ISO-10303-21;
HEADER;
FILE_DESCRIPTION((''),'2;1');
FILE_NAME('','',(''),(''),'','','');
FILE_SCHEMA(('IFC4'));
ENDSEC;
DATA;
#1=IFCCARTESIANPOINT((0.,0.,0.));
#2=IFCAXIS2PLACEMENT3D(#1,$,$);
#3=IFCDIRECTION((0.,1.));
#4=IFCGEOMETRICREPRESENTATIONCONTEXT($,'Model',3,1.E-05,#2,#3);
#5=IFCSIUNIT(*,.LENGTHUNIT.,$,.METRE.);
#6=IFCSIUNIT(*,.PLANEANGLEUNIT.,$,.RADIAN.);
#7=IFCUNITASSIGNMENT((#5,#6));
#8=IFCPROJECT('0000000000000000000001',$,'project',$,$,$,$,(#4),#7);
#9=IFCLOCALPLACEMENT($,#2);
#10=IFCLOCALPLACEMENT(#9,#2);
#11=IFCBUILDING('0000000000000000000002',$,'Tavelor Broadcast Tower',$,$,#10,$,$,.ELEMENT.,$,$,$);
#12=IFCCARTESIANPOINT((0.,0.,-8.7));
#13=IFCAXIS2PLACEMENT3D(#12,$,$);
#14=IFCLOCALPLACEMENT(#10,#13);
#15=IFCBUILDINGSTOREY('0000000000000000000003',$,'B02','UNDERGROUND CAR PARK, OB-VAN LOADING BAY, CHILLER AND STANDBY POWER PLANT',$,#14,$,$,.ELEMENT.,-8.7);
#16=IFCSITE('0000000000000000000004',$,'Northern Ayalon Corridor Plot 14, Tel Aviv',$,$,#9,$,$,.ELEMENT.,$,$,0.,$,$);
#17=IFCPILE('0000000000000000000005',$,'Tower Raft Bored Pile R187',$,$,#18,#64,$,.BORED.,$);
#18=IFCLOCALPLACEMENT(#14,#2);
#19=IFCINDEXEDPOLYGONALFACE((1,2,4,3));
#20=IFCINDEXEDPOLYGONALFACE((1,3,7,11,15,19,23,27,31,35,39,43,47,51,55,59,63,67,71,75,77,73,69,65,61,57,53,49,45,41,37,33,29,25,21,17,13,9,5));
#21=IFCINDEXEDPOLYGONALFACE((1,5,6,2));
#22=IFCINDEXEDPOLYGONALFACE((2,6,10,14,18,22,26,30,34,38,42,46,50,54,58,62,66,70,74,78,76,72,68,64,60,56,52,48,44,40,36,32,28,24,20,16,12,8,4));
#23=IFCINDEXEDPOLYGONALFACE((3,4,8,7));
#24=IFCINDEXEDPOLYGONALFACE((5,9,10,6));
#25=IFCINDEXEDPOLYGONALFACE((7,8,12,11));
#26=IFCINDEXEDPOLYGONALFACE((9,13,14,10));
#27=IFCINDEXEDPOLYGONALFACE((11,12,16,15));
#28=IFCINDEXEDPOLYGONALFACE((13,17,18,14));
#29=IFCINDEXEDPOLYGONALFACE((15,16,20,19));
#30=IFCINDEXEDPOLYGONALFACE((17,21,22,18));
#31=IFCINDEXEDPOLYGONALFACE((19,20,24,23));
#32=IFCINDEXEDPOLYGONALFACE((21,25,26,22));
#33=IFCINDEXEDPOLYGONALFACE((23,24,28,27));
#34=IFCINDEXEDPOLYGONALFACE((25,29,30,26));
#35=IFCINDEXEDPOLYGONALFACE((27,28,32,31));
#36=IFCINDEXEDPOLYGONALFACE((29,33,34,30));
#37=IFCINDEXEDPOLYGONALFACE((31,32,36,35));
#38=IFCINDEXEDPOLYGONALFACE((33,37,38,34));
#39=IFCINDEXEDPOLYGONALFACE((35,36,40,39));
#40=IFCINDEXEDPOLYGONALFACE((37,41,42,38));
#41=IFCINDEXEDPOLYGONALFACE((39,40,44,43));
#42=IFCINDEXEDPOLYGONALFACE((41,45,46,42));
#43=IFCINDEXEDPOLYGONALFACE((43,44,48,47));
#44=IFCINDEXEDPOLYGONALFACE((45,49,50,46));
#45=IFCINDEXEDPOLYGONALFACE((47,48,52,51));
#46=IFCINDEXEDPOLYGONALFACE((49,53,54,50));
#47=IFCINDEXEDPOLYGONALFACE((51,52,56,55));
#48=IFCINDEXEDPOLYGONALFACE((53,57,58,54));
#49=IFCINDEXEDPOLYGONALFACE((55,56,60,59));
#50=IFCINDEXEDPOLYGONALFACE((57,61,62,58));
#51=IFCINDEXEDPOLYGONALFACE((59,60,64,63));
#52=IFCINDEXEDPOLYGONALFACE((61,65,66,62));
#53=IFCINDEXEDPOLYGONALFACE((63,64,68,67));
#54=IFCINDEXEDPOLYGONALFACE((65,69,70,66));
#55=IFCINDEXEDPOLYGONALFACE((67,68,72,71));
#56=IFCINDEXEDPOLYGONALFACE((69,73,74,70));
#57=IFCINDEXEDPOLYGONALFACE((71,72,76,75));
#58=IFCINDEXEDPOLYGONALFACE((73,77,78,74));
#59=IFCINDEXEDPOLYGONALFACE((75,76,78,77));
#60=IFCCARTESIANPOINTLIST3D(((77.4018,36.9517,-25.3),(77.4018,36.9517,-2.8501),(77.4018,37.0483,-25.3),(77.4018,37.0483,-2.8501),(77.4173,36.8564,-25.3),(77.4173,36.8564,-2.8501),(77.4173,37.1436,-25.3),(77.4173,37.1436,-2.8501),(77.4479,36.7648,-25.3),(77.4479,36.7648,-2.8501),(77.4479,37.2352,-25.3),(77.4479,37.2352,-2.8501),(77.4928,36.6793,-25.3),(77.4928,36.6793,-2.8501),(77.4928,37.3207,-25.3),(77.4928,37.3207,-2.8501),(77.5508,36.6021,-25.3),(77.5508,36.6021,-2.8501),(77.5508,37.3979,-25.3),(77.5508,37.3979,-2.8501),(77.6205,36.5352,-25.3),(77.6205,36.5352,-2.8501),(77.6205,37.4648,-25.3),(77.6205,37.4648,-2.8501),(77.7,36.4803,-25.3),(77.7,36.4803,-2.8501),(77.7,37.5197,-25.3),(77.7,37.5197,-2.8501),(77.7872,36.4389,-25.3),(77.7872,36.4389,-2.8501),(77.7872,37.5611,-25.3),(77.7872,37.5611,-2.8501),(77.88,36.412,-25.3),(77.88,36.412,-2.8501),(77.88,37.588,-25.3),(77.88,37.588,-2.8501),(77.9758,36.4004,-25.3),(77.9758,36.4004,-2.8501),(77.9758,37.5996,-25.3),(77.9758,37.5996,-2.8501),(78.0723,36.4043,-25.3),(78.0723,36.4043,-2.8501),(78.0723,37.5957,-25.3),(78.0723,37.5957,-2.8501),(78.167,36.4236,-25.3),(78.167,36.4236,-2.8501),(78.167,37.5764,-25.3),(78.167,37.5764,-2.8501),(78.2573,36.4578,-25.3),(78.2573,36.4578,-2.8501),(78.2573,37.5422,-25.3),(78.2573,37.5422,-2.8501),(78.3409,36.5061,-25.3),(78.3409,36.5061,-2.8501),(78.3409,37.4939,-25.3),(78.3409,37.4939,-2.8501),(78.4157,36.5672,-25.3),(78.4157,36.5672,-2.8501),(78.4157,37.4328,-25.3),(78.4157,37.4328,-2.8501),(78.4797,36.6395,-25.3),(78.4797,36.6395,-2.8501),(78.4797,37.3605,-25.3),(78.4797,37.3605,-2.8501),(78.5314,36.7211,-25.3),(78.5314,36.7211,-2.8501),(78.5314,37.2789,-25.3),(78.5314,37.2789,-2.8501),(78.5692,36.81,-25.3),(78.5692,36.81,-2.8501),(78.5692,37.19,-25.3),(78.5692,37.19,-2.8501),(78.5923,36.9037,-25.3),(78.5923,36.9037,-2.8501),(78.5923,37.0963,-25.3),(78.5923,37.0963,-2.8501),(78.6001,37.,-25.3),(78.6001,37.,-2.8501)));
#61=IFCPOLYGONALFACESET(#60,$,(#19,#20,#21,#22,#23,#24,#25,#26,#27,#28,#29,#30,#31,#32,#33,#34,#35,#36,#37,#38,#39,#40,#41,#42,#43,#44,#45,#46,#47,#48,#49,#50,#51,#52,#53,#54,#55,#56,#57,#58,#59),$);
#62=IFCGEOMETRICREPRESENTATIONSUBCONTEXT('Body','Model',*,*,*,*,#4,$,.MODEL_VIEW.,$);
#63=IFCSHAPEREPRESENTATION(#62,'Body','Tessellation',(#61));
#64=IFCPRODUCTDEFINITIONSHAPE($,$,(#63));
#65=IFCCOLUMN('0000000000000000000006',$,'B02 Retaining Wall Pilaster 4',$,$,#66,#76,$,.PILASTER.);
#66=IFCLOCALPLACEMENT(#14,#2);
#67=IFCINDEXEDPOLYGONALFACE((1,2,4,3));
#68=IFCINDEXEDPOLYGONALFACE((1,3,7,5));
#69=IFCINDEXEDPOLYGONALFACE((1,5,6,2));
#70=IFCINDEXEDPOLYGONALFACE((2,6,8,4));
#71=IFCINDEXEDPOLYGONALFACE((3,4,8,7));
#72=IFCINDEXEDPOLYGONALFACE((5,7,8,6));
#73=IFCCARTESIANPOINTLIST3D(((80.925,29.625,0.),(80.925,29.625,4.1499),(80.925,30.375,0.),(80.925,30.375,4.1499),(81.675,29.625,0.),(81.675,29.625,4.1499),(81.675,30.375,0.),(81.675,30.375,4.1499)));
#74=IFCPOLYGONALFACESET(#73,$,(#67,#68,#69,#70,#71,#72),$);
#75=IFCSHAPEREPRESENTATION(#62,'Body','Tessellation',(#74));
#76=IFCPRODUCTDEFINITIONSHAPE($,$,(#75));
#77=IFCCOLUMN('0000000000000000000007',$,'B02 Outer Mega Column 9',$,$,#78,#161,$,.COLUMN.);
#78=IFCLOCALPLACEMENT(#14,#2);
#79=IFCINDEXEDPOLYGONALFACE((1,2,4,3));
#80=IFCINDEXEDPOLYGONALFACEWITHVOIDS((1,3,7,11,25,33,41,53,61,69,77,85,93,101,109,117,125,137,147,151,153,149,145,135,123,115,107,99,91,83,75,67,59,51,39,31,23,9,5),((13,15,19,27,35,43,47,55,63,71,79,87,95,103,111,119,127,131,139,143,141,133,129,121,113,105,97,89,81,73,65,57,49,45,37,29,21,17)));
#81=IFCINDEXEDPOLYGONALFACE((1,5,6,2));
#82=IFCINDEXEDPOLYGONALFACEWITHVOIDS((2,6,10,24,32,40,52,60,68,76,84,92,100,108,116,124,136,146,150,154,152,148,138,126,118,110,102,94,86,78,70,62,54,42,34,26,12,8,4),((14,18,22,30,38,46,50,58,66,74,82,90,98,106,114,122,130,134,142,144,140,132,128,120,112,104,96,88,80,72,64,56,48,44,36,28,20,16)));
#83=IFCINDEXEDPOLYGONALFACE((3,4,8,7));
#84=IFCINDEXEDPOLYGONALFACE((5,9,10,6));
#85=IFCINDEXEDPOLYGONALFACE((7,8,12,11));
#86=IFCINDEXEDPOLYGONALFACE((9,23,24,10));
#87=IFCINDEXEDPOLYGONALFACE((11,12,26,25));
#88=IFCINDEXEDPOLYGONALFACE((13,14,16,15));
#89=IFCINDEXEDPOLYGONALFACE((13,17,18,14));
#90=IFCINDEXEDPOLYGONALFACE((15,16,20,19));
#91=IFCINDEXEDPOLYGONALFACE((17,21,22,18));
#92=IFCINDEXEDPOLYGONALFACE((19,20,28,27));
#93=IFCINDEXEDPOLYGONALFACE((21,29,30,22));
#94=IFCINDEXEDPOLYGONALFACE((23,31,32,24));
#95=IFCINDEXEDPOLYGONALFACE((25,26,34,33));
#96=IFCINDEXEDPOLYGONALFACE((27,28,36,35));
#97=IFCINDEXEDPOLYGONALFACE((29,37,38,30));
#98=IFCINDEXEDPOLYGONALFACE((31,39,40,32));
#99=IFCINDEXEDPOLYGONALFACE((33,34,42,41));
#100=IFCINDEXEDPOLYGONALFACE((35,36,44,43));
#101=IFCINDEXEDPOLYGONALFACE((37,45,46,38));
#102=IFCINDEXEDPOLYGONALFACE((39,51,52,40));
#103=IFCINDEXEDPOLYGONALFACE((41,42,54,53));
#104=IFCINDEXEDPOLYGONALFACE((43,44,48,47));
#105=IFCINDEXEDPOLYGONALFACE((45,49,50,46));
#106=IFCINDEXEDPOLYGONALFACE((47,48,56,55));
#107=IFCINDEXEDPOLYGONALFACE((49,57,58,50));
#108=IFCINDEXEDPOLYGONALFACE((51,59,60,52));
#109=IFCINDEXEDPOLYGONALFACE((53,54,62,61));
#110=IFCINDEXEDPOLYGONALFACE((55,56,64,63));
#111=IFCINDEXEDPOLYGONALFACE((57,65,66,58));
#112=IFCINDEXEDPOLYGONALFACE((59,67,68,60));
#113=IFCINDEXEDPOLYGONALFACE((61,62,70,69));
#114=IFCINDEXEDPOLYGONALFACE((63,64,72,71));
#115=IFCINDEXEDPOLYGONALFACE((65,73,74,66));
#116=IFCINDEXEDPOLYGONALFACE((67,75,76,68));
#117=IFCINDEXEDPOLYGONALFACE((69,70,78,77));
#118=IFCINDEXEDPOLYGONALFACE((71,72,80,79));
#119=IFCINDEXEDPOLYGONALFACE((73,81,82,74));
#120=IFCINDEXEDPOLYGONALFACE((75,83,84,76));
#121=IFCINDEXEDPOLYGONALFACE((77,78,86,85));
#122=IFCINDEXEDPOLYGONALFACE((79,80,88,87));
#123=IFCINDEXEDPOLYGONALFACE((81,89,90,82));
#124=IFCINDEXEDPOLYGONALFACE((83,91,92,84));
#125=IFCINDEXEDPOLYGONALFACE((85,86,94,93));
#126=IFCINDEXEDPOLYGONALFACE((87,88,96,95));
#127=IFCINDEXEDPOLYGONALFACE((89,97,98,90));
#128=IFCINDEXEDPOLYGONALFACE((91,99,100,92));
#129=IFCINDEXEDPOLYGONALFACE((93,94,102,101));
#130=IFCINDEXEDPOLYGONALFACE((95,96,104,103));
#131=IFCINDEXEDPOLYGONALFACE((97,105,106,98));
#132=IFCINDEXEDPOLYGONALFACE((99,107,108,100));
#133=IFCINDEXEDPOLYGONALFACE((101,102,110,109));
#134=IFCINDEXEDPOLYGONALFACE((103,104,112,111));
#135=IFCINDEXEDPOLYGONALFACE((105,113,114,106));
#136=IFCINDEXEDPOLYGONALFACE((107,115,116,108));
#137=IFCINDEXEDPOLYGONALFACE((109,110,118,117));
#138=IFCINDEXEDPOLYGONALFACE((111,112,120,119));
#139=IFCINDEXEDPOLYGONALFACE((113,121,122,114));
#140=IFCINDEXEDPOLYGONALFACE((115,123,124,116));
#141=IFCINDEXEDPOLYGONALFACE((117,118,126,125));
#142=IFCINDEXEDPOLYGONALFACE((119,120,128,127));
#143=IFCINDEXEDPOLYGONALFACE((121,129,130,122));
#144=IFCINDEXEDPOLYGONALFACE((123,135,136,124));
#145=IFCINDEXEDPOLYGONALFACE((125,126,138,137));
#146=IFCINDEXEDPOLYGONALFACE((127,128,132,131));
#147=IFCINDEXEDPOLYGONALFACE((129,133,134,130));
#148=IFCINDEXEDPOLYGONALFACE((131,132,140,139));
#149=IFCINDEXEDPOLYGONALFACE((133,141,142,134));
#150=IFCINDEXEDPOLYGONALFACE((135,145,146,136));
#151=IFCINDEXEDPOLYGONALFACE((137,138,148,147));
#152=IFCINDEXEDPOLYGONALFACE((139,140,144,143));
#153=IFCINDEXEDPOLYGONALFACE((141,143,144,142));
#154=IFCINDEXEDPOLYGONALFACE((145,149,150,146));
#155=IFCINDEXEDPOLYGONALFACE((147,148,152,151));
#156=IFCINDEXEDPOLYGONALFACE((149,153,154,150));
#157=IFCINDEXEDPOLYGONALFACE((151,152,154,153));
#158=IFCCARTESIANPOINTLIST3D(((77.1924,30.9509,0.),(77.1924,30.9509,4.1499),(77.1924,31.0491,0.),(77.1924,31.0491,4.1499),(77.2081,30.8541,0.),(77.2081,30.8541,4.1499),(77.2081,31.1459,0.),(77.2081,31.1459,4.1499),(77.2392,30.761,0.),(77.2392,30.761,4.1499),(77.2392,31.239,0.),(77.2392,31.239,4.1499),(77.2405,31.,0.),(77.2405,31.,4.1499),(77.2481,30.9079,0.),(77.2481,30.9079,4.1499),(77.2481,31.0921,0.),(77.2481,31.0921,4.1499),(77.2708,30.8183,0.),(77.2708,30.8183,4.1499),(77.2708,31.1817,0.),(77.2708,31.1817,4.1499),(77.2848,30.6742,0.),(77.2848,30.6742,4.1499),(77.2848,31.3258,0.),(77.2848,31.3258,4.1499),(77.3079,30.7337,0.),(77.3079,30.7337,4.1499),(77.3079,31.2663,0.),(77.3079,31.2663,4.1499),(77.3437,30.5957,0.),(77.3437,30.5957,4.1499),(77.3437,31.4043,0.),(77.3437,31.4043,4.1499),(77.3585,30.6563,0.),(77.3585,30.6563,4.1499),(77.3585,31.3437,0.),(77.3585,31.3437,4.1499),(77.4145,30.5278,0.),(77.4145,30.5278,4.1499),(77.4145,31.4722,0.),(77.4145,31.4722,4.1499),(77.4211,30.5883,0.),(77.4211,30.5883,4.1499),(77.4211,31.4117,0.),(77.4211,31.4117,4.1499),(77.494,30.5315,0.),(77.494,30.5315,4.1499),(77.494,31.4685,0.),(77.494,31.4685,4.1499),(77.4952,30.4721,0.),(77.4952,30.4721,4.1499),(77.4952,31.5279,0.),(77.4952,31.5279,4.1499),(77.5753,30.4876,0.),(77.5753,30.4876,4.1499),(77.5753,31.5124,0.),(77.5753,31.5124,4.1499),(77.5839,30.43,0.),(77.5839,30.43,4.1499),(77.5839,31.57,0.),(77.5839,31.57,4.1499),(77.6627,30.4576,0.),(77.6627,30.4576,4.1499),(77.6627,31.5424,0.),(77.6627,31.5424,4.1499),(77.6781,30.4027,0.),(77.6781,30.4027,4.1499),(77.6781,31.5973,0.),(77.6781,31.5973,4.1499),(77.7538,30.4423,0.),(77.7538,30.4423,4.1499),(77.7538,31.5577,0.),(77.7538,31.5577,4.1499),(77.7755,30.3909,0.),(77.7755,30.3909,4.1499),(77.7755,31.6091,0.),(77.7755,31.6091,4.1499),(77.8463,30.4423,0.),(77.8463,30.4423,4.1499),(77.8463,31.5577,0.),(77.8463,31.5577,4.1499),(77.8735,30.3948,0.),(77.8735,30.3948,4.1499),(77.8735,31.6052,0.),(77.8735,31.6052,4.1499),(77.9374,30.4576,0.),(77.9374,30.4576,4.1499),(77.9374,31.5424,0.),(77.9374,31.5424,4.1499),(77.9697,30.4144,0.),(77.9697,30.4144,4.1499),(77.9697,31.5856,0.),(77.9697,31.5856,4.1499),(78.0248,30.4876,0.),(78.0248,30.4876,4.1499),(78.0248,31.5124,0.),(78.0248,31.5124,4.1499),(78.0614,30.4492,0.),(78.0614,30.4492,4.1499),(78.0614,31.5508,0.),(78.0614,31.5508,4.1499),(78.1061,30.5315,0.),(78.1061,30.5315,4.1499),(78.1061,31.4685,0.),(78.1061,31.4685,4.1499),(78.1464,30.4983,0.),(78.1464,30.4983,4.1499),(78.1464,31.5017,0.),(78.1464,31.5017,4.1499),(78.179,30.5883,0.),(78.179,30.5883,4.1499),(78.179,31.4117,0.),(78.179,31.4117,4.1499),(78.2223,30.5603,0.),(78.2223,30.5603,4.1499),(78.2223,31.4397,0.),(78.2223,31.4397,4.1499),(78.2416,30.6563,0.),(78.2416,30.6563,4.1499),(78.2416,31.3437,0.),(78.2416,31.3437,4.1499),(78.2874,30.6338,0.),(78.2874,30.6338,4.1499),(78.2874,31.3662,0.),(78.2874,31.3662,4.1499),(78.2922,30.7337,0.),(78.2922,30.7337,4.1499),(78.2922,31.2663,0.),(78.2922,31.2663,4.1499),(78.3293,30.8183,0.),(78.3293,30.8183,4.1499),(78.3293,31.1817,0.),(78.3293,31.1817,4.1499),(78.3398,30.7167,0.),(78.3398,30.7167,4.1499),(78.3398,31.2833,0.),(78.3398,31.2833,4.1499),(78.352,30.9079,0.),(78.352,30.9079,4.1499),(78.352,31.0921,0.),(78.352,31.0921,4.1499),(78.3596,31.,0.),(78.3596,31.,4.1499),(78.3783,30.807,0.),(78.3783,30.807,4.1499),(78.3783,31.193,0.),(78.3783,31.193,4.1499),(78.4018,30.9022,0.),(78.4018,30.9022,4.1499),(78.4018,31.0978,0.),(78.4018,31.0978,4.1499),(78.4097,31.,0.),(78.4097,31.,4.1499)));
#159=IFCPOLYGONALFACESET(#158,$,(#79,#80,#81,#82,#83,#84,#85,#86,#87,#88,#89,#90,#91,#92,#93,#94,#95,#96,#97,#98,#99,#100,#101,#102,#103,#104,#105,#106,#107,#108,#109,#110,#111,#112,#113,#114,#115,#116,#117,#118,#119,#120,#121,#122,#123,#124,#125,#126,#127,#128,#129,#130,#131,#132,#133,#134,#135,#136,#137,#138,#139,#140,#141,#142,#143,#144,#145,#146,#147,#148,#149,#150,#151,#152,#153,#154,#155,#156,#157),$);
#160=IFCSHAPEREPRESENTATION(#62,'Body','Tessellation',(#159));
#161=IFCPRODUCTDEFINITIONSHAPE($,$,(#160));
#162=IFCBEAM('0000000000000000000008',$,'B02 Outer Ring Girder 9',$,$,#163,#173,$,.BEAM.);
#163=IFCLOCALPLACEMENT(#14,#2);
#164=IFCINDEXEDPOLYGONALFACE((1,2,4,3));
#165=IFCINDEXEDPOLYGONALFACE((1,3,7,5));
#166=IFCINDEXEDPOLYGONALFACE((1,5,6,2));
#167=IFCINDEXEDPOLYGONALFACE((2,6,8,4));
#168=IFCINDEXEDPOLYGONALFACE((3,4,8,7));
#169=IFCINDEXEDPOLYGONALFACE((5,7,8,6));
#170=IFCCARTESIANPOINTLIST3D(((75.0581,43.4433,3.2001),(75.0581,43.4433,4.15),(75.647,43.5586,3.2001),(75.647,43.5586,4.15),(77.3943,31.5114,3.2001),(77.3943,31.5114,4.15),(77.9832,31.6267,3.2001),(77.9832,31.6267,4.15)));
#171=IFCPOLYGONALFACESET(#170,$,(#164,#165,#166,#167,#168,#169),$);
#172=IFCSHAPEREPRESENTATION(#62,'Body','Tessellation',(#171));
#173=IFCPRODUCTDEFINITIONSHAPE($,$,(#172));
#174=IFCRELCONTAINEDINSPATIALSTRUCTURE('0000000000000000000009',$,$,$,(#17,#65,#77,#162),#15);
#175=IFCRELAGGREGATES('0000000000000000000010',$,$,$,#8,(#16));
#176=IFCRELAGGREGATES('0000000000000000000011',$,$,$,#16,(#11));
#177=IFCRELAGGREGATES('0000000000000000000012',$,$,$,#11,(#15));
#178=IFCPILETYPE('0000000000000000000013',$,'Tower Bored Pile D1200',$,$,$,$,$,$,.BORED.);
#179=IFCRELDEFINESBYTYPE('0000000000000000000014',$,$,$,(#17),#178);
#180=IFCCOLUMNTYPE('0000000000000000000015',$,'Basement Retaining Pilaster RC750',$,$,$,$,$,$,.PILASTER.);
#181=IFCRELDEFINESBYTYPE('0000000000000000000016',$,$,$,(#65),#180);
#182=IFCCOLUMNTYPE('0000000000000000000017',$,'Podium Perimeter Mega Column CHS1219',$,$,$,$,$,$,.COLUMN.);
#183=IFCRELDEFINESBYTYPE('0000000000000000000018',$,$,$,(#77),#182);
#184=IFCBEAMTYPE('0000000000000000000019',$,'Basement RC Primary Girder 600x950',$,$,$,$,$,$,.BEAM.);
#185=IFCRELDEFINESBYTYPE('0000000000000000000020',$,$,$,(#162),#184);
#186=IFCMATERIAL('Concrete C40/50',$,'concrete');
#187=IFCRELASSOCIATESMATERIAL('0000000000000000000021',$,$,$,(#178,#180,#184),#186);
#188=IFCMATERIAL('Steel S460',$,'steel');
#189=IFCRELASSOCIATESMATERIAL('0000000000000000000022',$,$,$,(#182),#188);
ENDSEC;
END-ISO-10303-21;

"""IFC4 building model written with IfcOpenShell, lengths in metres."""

from ifc_helpers import new_model, si_unit, direction, frame, origin, origin_2d, place, context, subcontext, project, spatial, rectangle, circle, hollow_circle, extrude, material, material_profile, profile_set, type_object, element, save


model = new_model("IFC4")

# Units and contexts
model_context = context("Model", 3, precision=1e-05, world=origin(), true_north=direction((0.0, 1.0)))
body_context = subcontext(model_context, "Body", "Model", "MODEL_VIEW")
ifc_project = project(units=[si_unit("LENGTHUNIT", "METRE"), si_unit("PLANEANGLEUNIT", "RADIAN")], contexts=[model_context])

# Site, building, storey
site_placement = place(None, origin())
site = spatial("IfcSite", under=ifc_project, at=site_placement, Name="Northern Ayalon Corridor Plot 14, Tel Aviv", CompositionType="ELEMENT", RefElevation=0.0)
building_placement = place(site_placement, origin())
building = spatial("IfcBuilding", under=site, at=building_placement, Name="Tavelor Broadcast Tower", CompositionType="ELEMENT")
storey_placement = place(building_placement, frame((0.0, 0.0, -8.7)))
storey = spatial("IfcBuildingStorey", under=building, at=storey_placement, Name="B02", Description="UNDERGROUND CAR PARK, OB-VAN LOADING BAY, CHILLER AND STANDBY POWER PLANT", CompositionType="ELEMENT", Elevation=-8.7)

# Shared definitions
ifc_material_1 = material(Name="Concrete C40/50", Category="concrete")

# Pile
ifc_material_profile_1 = material_profile(ifc_material_1, circle(Radius=0.6001, at=origin_2d()), Name="PILE D1200")
ifc_profile_set_1 = profile_set([ifc_material_profile_1], Name="Concrete C40/50")
pile_type_1 = type_object("IfcPileType", Name="Tower Bored Pile D1200", PredefinedType="BORED", material=ifc_profile_set_1)
for number, where, z_axis, x_axis, name in (
    (1, (78.0, 37.0, -2.8501), (0.0, 0.0, -1.0), (1.0, 0.0, 0.0), "Tower Raft Bored Pile R187"),
):
    element("IfcPile", number, at=place(storey_placement, frame(where, z_axis=z_axis, x_axis=x_axis)), inside=storey, type_object=pile_type_1, Name=name, PredefinedType="BORED", context=body_context, shape_type="SweptSolid", body=[
        extrude(circle(Radius=0.6001, at=origin_2d()), origin(), (0.0, 0.0, 1.0), 22.45),
    ])

# Columns
ifc_material_profile_2 = material_profile(ifc_material_1, rectangle(XDim=0.75, YDim=0.75, at=origin_2d()), Name="RC 750x750")
ifc_profile_set_2 = profile_set([ifc_material_profile_2], Name="Concrete C40/50")
column_type_1 = type_object("IfcColumnType", Name="Basement Retaining Pilaster RC750", PredefinedType="PILASTER", material=ifc_profile_set_2)
column_1_placement = place(storey_placement, frame((81.3, 30.0, 0.0), z_axis=(0.0, 0.0, 1.0), x_axis=(1.0, 0.0, 0.0)))
element("IfcColumn", 2, at=column_1_placement, inside=storey, type_object=column_type_1, Name="B02 Retaining Wall Pilaster 4", PredefinedType="PILASTER", context=body_context, shape_type="SweptSolid", body=[
    extrude(rectangle(XDim=0.75, YDim=0.75, at=origin_2d()), origin(), (0.0, 0.0, 1.0), 4.1499),
])
ifc_material_2 = material(Name="Steel S460", Category="steel")
ifc_material_profile_3 = material_profile(ifc_material_2, hollow_circle(Radius=0.6096, WallThickness=0.05, at=origin_2d()), Name="CHS 1219x50")
ifc_profile_set_3 = profile_set([ifc_material_profile_3], Name="Steel S460")
column_type_2 = type_object("IfcColumnType", Name="Podium Perimeter Mega Column CHS1219", PredefinedType="COLUMN", material=ifc_profile_set_3)
column_2_placement = place(storey_placement, frame((77.8, 31.0, 0.0), z_axis=(0.0, 0.0, 1.0), x_axis=(1.0, 0.0, 0.0)))
element("IfcColumn", 3, at=column_2_placement, inside=storey, type_object=column_type_2, Name="B02 Outer Mega Column 9", PredefinedType="COLUMN", context=body_context, shape_type="SweptSolid", body=[
    extrude(hollow_circle(Radius=0.6096, WallThickness=0.05, at=origin_2d()), origin(), (0.0, 0.0, 1.0), 4.1499),
])

# Beam
ifc_material_profile_4 = material_profile(ifc_material_1, rectangle(XDim=0.6001, YDim=0.95, at=origin_2d()), Name="RC 600x950")
ifc_profile_set_4 = profile_set([ifc_material_profile_4], Name="Concrete C40/50")
beam_type_1 = type_object("IfcBeamType", Name="Basement RC Primary Girder 600x950", PredefinedType="BEAM", material=ifc_profile_set_4)
beam_placement = place(storey_placement, frame((77.6887, 31.5691, 3.675), z_axis=(-0.192145, 0.981367, 0.0), x_axis=(-0.981367, -0.192145, 0.0)))
element("IfcBeam", 4, at=beam_placement, inside=storey, type_object=beam_type_1, Name="B02 Outer Ring Girder 9", PredefinedType="BEAM", context=body_context, shape_type="SweptSolid", body=[
    extrude(rectangle(XDim=0.6001, YDim=0.95, at=origin_2d()), origin(), (0.0, 0.0, 1.0), 12.1584),
])

save(model, "model.ifc")
